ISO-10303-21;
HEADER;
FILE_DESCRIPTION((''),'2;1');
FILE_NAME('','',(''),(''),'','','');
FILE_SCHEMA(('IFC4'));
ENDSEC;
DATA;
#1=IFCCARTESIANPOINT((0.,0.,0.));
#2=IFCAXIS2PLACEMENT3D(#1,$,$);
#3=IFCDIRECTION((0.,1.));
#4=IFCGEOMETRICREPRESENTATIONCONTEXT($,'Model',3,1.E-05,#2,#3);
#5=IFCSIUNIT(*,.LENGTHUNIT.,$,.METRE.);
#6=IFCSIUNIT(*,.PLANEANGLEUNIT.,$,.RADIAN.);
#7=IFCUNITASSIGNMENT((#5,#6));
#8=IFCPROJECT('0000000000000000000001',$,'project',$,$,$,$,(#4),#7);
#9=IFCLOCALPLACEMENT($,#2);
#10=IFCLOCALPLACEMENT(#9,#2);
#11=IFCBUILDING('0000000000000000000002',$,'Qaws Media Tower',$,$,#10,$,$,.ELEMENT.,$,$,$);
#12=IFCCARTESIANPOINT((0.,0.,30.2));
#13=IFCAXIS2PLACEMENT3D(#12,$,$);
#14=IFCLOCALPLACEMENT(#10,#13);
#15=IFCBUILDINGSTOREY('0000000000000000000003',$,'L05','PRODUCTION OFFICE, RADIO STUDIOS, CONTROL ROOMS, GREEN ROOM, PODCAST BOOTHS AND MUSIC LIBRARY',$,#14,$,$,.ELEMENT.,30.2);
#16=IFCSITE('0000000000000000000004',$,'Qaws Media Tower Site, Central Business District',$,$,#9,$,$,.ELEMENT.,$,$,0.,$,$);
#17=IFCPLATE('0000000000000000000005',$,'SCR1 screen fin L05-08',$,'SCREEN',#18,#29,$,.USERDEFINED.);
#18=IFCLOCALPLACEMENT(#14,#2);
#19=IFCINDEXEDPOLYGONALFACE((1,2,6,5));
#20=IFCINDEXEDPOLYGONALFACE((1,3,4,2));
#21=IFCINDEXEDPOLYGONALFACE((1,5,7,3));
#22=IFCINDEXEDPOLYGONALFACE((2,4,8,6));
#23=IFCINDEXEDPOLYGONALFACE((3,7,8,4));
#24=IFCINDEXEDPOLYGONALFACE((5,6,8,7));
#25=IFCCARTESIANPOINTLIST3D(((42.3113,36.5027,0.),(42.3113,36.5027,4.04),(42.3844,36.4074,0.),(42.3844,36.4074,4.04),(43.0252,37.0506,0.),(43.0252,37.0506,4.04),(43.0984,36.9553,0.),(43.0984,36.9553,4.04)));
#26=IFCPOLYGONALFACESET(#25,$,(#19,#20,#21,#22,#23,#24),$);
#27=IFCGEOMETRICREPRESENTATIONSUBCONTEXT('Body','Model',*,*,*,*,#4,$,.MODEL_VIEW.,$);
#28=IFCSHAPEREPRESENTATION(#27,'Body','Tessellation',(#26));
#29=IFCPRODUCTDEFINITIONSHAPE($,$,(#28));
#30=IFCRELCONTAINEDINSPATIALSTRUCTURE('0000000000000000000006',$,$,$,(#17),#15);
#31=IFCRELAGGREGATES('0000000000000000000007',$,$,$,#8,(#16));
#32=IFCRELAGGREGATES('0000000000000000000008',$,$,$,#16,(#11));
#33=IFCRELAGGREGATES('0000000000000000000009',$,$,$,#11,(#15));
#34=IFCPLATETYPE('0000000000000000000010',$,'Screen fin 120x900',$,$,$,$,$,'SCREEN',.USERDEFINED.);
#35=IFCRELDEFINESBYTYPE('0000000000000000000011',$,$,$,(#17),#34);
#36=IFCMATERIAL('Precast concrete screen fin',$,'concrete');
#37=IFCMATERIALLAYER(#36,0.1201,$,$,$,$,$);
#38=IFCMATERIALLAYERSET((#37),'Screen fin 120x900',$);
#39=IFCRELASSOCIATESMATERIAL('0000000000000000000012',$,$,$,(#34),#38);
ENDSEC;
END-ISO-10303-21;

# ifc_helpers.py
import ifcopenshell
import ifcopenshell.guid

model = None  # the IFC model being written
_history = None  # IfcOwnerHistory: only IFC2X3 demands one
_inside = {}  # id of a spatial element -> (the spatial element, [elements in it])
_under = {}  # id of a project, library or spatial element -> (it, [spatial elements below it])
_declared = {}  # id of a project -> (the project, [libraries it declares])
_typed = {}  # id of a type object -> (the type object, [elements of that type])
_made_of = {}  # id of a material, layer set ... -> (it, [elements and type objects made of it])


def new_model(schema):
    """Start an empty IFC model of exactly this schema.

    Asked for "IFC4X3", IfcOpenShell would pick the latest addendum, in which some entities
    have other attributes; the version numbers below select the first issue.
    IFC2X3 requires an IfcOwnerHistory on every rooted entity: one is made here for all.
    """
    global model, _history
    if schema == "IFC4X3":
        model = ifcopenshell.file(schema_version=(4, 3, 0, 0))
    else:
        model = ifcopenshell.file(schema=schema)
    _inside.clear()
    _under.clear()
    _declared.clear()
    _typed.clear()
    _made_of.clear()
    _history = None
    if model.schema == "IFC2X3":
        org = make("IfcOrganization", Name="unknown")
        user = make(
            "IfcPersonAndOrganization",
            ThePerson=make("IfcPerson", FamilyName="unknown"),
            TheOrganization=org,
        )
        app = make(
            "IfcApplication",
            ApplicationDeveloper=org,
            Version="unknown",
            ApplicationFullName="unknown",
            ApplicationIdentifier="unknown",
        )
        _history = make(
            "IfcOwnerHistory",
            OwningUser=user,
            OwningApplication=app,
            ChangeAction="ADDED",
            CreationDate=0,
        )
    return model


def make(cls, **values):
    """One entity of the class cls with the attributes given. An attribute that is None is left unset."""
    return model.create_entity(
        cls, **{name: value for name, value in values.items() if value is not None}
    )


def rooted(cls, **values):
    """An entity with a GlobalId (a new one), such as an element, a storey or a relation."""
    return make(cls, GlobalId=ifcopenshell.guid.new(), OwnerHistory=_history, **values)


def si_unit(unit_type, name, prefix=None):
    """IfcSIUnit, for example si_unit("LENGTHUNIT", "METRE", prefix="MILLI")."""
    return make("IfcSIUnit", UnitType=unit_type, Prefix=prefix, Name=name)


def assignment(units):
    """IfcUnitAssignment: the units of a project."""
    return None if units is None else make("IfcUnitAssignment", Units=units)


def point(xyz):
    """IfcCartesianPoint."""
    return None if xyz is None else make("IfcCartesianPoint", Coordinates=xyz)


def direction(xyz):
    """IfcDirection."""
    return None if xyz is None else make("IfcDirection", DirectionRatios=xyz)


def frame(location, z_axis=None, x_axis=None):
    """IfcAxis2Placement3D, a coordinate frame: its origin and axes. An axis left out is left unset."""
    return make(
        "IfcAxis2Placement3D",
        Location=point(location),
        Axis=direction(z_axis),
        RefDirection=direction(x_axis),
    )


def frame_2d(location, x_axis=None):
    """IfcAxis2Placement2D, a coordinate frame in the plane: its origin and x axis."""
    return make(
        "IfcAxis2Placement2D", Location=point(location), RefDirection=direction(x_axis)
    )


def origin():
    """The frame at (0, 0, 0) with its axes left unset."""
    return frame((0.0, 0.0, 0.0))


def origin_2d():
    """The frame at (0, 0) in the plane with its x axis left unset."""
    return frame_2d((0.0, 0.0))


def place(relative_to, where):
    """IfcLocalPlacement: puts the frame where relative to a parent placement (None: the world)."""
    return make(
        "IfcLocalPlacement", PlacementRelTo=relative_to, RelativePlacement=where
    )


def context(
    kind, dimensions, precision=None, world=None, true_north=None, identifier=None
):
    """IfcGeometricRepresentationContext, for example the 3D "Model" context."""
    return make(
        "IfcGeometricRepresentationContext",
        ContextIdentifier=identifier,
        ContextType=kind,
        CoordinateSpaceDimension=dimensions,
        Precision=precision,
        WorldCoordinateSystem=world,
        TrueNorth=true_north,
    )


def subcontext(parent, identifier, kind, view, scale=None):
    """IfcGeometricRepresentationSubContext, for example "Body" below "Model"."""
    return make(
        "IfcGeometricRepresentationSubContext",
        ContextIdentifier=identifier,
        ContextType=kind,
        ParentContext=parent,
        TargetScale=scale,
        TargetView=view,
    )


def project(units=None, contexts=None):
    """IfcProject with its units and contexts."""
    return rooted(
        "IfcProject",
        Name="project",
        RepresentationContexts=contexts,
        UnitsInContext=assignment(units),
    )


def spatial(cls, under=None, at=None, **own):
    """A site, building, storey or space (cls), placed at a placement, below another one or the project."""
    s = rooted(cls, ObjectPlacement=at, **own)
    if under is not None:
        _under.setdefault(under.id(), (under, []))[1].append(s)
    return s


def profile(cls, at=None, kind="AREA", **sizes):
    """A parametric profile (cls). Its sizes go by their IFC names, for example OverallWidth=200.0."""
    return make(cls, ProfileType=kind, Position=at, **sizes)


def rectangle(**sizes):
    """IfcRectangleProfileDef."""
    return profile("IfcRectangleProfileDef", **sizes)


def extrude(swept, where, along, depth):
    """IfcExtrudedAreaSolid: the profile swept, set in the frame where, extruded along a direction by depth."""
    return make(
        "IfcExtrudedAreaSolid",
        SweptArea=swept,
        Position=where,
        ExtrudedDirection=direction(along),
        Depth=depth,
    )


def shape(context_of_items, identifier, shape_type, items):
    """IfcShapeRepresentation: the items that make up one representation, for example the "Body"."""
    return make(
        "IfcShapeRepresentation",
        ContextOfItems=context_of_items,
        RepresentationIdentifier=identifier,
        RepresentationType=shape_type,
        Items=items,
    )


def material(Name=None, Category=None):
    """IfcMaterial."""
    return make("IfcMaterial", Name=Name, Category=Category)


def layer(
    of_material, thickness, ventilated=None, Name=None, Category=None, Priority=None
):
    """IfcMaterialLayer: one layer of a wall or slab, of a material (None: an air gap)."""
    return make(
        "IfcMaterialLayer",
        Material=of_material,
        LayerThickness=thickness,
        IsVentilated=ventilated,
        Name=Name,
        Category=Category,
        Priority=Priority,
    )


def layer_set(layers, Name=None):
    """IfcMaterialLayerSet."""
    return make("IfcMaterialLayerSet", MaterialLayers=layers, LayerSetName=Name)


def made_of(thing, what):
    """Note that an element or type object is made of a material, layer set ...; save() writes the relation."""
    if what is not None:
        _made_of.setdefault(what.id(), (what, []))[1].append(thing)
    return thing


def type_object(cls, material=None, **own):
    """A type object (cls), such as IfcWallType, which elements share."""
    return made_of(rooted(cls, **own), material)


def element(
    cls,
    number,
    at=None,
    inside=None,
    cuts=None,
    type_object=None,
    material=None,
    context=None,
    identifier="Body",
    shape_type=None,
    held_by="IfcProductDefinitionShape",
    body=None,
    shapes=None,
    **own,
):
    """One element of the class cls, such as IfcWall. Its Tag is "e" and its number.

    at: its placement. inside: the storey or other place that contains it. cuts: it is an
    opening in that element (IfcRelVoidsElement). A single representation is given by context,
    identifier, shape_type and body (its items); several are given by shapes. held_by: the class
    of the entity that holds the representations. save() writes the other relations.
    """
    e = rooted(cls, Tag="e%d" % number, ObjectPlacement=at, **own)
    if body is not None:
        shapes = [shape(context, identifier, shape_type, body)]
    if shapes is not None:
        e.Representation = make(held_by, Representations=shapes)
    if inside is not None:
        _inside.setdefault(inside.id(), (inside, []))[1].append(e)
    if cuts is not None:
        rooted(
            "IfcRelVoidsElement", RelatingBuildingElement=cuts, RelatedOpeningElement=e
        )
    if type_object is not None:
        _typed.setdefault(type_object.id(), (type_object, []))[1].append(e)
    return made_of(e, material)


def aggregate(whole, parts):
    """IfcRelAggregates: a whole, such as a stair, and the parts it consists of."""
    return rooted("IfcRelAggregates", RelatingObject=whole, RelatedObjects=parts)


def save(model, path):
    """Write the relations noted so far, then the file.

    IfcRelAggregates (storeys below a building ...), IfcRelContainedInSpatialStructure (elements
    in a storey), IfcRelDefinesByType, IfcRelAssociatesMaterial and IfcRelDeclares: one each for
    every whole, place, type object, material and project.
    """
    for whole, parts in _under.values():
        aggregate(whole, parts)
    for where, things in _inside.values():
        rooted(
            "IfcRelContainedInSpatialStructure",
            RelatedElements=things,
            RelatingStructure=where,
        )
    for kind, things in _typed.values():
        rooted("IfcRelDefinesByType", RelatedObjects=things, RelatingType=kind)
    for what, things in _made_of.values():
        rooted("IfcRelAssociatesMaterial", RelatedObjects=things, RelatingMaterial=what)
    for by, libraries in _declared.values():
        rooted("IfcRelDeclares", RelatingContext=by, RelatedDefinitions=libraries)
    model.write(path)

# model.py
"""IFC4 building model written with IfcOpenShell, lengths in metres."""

from ifc_helpers import new_model, si_unit, direction, frame, origin, origin_2d, place, context, subcontext, project, spatial, rectangle, extrude, material, layer, layer_set, type_object, element, save


model = new_model("IFC4")

# Units and contexts
model_context = context("Model", 3, precision=1e-05, world=origin(), true_north=direction((0.0, 1.0)))
body_context = subcontext(model_context, "Body", "Model", "MODEL_VIEW")
ifc_project = project(units=[si_unit("LENGTHUNIT", "METRE"), si_unit("PLANEANGLEUNIT", "RADIAN")], contexts=[model_context])

# Site, building, storey
site_placement = place(None, origin())
site = spatial("IfcSite", under=ifc_project, at=site_placement, Name="Qaws Media Tower Site, Central Business District", CompositionType="ELEMENT", RefElevation=0.0)
building_placement = place(site_placement, origin())
building = spatial("IfcBuilding", under=site, at=building_placement, Name="Qaws Media Tower", CompositionType="ELEMENT")
storey_placement = place(building_placement, frame((0.0, 0.0, 30.2)))
storey = spatial("IfcBuildingStorey", under=building, at=storey_placement, Name="L05", Description="PRODUCTION OFFICE, RADIO STUDIOS, CONTROL ROOMS, GREEN ROOM, PODCAST BOOTHS AND MUSIC LIBRARY", CompositionType="ELEMENT", Elevation=30.2)

# Plate
ifc_material_1 = material(Name="Precast concrete screen fin", Category="concrete")
ifc_layer_1 = layer(ifc_material_1, 0.1201)
ifc_layer_set_1 = layer_set([ifc_layer_1], Name="Screen fin 120x900")
plate_type_1 = type_object("IfcPlateType", Name="Screen fin 120x900", ElementType="SCREEN", PredefinedType="USERDEFINED", material=ifc_layer_set_1)
plate_1_placement = place(storey_placement, frame((42.7048, 36.729, 0.0), z_axis=(0.0, 0.0, 1.0), x_axis=(-0.793353, -0.608761, 0.0)))
element("IfcPlate", 1, at=plate_1_placement, inside=storey, type_object=plate_type_1, Name="SCR1 screen fin L05-08", ObjectType="SCREEN", PredefinedType="USERDEFINED", context=body_context, shape_type="SweptSolid", body=[
    extrude(rectangle(XDim=0.8999, YDim=0.1201, at=origin_2d()), origin(), (0.0, 0.0, 1.0), 4.04),
])

save(model, "model.ifc")
